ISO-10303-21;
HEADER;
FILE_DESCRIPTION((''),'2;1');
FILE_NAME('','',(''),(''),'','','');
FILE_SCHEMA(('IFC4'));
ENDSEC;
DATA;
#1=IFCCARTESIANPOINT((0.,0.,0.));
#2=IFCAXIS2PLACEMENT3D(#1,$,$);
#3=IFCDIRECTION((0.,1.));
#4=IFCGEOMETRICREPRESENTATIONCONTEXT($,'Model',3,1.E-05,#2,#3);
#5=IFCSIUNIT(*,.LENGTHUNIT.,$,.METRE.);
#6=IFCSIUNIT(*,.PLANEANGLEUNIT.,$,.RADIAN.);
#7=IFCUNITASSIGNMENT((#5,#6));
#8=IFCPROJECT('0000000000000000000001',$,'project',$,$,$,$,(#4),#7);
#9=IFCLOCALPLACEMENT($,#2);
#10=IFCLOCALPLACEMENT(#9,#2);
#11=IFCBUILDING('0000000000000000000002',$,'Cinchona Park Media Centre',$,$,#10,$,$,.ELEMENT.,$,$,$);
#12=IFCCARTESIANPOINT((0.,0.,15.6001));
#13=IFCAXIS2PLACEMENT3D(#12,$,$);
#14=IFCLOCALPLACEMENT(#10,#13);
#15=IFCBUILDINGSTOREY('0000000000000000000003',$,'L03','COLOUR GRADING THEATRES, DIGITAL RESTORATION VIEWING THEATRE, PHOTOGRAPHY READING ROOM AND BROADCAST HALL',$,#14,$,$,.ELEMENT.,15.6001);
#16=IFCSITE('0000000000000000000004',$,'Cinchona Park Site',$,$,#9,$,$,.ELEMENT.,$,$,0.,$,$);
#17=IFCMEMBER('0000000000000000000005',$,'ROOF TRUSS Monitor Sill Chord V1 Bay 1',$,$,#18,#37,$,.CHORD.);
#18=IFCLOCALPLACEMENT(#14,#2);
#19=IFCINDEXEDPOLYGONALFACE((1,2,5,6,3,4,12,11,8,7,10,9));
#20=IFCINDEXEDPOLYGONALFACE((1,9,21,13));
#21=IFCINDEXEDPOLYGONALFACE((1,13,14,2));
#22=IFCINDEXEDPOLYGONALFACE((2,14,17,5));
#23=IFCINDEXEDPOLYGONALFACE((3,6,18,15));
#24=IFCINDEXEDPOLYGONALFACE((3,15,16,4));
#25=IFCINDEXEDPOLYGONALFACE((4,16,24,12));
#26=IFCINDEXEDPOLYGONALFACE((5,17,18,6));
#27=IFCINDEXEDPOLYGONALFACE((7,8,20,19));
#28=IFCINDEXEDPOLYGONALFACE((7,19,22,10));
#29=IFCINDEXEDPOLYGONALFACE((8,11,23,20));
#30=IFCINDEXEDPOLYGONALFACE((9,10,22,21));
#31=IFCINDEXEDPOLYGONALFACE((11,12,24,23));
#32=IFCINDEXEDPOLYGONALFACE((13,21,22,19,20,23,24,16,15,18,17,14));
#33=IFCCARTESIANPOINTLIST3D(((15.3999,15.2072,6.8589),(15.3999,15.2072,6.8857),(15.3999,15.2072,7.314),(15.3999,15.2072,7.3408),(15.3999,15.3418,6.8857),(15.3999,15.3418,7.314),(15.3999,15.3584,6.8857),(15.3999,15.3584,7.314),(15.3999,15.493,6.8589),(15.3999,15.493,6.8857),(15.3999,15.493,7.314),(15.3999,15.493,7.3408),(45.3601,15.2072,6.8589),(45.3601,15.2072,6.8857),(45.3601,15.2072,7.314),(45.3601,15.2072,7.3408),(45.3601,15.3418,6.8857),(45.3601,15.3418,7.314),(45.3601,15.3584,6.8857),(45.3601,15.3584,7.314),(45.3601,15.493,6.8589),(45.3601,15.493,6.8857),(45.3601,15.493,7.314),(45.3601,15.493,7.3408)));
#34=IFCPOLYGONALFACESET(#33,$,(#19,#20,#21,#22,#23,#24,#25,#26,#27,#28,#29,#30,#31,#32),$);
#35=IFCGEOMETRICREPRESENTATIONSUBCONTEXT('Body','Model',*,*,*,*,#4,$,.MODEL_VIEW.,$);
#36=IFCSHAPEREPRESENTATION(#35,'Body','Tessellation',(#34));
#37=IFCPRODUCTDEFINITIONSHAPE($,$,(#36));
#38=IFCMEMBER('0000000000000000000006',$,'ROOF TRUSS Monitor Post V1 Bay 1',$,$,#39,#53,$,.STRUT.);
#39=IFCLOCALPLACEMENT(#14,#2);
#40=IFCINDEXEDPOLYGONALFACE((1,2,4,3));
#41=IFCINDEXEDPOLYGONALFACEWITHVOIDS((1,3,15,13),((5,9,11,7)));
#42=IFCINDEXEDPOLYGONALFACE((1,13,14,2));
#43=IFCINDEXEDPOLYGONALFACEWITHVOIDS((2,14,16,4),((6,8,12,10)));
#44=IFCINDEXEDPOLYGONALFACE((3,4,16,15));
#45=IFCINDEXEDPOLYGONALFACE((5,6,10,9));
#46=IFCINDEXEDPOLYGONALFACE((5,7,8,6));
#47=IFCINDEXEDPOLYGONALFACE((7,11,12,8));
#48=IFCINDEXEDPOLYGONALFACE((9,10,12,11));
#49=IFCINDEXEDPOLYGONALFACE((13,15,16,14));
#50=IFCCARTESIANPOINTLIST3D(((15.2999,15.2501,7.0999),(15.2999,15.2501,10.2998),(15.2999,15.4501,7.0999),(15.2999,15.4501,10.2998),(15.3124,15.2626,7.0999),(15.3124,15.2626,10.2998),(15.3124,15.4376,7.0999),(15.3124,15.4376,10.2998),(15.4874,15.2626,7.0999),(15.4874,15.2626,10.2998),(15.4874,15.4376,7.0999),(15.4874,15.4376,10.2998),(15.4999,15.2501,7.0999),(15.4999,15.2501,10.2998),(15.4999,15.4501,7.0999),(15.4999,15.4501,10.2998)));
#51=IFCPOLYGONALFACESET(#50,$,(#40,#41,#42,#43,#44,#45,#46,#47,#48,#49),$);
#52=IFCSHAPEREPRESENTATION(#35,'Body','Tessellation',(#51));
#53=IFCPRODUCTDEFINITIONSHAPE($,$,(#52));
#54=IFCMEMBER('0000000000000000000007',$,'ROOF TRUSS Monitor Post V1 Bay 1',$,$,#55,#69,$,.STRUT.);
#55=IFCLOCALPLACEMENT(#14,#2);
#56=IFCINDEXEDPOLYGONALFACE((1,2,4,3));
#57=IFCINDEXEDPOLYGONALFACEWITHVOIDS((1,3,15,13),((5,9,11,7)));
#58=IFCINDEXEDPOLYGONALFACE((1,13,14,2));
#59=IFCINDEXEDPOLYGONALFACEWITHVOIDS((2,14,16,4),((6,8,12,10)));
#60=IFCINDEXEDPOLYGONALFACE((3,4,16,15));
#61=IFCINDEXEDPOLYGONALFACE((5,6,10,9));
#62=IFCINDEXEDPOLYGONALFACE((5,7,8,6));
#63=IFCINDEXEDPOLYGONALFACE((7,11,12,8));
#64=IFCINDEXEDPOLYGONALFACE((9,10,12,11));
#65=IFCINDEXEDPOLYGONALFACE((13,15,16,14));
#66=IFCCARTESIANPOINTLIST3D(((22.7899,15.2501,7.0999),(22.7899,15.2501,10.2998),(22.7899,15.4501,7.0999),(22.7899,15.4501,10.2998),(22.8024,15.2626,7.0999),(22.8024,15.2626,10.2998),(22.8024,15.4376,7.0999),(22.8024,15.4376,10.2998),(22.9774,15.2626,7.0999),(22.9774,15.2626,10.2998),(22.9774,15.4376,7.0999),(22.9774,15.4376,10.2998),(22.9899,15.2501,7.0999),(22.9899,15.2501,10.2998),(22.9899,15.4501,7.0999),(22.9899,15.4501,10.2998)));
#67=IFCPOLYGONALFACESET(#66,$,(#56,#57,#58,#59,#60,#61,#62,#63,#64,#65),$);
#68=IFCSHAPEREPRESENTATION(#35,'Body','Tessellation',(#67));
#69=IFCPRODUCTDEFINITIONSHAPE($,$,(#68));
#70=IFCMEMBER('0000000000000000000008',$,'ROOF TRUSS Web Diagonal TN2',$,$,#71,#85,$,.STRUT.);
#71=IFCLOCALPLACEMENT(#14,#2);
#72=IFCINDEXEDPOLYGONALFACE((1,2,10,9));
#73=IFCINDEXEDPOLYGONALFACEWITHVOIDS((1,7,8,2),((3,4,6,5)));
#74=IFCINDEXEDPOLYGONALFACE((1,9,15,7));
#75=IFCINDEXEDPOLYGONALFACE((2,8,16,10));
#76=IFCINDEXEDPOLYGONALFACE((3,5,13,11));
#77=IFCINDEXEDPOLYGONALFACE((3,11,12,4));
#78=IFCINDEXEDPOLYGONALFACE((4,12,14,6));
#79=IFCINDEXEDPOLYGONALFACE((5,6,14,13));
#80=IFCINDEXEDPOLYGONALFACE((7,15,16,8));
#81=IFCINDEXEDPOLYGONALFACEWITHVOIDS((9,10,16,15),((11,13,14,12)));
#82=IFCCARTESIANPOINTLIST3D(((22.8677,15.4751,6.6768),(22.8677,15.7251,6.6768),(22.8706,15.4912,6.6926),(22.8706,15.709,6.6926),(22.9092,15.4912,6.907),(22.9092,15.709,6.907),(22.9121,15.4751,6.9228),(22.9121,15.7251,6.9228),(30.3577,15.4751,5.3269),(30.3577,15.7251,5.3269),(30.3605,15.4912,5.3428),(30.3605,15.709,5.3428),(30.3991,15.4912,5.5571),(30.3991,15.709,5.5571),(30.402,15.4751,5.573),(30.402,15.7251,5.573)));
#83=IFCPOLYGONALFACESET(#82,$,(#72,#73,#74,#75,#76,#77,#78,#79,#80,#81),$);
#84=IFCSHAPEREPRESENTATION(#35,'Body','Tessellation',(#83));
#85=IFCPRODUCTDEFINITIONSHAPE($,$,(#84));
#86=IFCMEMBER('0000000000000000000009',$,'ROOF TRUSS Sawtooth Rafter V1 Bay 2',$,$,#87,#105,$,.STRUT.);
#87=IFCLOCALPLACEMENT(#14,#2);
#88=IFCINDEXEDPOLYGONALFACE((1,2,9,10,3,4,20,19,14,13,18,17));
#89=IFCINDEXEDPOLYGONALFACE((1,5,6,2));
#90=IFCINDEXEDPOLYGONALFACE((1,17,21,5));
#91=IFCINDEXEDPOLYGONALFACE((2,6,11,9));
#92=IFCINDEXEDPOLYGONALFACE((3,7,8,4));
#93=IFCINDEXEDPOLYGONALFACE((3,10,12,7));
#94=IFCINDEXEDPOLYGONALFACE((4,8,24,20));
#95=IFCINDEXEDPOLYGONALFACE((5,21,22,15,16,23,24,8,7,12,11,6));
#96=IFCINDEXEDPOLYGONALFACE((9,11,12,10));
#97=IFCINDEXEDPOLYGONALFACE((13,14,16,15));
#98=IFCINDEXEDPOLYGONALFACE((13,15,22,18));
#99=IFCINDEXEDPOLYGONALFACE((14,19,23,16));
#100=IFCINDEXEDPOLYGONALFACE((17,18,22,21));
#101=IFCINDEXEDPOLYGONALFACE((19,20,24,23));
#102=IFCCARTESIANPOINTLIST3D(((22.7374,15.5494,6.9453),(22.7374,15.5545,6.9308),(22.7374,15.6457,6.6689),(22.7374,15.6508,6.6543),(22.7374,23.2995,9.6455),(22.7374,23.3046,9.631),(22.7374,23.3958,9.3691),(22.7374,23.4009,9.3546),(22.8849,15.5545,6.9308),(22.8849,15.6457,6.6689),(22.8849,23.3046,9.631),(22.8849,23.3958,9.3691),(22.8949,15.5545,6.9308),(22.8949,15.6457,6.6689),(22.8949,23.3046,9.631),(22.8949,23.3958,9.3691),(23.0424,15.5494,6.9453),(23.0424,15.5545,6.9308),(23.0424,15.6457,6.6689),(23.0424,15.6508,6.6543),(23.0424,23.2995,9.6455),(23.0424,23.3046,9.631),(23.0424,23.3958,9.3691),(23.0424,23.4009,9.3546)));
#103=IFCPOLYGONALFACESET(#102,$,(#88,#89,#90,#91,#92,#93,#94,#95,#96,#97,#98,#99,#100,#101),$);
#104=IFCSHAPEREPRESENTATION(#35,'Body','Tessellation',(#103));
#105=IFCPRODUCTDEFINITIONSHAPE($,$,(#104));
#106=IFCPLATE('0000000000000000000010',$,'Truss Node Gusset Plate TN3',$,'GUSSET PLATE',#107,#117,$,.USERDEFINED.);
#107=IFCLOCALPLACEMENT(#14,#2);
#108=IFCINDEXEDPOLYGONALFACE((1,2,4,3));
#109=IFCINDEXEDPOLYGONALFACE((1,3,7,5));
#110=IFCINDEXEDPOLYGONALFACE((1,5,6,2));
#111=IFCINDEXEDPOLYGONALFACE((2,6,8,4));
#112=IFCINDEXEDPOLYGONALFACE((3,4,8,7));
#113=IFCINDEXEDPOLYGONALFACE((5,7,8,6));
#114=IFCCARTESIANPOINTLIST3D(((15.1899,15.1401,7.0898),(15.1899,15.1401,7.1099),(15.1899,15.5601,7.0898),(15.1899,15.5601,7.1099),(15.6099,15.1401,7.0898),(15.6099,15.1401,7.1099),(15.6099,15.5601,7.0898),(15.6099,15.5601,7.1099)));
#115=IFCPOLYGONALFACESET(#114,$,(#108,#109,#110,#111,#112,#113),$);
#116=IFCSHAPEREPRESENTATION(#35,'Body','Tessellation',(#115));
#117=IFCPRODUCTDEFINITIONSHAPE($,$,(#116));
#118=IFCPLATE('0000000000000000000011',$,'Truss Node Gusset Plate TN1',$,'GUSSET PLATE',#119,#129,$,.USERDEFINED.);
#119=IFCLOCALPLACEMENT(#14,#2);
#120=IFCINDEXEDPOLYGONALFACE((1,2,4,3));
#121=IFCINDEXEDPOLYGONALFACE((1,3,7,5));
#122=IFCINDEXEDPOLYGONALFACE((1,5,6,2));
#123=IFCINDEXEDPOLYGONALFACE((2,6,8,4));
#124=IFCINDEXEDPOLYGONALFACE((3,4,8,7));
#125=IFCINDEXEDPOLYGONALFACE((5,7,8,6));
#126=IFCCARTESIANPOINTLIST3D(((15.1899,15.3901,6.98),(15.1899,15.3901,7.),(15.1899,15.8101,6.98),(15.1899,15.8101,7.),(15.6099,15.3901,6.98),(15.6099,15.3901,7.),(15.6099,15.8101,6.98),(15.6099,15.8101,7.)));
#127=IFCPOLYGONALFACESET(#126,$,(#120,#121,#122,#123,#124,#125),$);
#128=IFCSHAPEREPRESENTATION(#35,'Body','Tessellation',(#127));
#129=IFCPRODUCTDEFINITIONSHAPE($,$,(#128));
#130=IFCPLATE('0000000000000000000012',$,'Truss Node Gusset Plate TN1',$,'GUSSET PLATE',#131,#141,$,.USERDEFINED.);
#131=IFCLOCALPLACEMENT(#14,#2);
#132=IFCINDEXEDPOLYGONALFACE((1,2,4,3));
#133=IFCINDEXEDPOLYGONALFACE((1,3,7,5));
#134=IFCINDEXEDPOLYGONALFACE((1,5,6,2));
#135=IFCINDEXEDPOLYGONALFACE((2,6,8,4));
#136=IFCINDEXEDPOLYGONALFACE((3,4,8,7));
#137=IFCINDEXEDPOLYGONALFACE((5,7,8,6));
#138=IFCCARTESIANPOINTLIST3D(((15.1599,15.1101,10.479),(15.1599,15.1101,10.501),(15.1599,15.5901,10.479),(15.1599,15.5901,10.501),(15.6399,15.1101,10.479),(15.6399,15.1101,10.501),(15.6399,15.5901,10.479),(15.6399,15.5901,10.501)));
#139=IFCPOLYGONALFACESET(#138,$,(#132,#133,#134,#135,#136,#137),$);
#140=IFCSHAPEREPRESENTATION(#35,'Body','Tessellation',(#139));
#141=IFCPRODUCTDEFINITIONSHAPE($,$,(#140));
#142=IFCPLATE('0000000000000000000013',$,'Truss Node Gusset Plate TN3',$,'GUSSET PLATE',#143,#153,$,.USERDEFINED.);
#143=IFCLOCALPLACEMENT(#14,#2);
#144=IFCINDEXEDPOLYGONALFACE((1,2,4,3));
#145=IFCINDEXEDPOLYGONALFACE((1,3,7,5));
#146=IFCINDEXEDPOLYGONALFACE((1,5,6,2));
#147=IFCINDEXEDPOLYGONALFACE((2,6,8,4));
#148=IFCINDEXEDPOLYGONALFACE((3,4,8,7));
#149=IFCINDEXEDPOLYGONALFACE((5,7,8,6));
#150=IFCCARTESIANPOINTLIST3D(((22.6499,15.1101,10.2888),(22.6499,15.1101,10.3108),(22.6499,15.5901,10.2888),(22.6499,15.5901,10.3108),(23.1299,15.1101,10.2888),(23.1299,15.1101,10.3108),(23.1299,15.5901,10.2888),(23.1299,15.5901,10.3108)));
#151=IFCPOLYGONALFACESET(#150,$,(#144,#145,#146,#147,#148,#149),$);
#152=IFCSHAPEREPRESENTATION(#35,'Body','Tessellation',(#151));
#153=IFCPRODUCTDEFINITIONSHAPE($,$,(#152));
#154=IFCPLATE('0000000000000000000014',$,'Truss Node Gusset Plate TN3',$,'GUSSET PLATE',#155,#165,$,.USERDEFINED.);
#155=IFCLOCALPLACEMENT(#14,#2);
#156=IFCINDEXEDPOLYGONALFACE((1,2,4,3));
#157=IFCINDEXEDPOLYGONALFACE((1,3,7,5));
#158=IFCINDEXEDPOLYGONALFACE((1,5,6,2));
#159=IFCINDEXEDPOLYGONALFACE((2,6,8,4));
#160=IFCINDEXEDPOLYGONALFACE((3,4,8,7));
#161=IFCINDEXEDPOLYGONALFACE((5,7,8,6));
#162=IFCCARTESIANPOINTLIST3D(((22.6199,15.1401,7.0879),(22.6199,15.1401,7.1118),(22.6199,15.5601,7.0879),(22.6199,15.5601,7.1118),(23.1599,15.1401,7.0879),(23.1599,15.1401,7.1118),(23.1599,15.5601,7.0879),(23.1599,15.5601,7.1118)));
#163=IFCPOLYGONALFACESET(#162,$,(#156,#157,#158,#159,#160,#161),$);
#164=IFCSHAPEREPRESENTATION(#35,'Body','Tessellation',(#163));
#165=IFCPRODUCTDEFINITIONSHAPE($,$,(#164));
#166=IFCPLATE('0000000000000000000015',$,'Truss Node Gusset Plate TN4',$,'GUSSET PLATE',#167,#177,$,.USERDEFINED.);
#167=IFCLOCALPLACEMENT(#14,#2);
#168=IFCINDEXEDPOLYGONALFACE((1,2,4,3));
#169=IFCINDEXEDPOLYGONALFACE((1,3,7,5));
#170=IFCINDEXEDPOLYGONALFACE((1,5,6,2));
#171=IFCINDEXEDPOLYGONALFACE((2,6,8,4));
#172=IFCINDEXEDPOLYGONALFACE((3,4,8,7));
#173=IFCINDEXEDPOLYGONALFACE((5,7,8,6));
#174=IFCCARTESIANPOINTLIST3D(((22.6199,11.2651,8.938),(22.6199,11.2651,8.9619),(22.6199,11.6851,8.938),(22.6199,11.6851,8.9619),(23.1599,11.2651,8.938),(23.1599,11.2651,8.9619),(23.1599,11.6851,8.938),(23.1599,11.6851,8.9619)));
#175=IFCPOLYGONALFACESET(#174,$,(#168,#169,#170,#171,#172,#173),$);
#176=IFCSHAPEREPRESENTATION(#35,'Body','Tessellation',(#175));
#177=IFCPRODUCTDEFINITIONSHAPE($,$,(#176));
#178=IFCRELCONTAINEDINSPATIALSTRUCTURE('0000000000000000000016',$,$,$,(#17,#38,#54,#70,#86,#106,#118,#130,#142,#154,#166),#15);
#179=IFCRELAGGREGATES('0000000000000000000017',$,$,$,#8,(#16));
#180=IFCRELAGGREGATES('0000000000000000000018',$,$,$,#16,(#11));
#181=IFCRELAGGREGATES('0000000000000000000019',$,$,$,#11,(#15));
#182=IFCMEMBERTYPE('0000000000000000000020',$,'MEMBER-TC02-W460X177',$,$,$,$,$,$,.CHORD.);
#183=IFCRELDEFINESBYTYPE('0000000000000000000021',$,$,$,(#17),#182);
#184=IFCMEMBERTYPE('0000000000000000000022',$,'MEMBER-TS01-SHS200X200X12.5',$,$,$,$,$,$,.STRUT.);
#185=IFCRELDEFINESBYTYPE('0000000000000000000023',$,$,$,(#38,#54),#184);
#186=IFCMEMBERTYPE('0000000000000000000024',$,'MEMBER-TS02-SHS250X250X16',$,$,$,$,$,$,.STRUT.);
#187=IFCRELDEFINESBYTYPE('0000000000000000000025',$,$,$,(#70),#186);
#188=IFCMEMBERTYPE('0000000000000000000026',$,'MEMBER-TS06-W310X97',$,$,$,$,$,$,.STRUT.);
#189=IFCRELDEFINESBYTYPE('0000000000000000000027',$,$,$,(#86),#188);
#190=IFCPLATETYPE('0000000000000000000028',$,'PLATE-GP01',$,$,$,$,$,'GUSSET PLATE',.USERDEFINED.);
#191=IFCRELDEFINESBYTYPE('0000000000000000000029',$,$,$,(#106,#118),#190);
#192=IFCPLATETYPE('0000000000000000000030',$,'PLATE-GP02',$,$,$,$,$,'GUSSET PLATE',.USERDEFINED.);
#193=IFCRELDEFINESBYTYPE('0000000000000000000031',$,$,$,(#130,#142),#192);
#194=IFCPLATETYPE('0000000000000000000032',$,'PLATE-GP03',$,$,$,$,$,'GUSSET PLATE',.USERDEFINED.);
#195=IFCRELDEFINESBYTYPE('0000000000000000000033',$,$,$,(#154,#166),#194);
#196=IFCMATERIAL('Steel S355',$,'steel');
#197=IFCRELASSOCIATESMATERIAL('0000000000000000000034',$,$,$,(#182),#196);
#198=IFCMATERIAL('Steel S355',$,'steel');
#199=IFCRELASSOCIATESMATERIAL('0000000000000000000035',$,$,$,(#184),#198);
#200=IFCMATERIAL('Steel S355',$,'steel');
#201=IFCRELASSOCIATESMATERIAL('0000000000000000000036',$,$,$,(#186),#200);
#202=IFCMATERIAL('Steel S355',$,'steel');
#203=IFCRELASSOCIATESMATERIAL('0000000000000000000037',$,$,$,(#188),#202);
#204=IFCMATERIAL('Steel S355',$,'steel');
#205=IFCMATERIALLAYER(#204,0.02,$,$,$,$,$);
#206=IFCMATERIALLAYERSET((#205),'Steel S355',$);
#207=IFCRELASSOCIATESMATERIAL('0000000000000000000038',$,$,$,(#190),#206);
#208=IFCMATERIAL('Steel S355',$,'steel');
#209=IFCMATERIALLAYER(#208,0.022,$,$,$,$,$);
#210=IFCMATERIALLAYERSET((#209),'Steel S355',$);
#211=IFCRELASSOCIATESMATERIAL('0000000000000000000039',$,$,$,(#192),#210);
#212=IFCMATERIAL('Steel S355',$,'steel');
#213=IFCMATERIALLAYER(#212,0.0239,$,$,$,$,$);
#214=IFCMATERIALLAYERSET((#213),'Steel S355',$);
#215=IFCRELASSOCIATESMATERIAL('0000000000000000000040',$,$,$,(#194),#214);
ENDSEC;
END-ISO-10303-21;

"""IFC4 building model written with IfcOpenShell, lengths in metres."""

from ifc_helpers import new_model, si_unit, direction, frame, origin, origin_2d, place, context, subcontext, project, spatial, rectangle, hollow_rectangle, i_section, extrude, material, layer, layer_set, material_profile, profile_set, type_object, element, save


model = new_model("IFC4")

# Units and contexts
model_context = context("Model", 3, precision=1e-05, world=origin(), true_north=direction((0.0, 1.0)))
body_context = subcontext(model_context, "Body", "Model", "MODEL_VIEW")
ifc_project = project(units=[si_unit("LENGTHUNIT", "METRE"), si_unit("PLANEANGLEUNIT", "RADIAN")], contexts=[model_context])

# Site, building, storey
site_placement = place(None, origin())
site = spatial("IfcSite", under=ifc_project, at=site_placement, Name="Cinchona Park Site", CompositionType="ELEMENT", RefElevation=0.0)
building_placement = place(site_placement, origin())
building = spatial("IfcBuilding", under=site, at=building_placement, Name="Cinchona Park Media Centre", CompositionType="ELEMENT")
storey_placement = place(building_placement, frame((0.0, 0.0, 15.6001)))
storey = spatial("IfcBuildingStorey", under=building, at=storey_placement, Name="L03", Description="COLOUR GRADING THEATRES, DIGITAL RESTORATION VIEWING THEATRE, PHOTOGRAPHY READING ROOM AND BROADCAST HALL", CompositionType="ELEMENT", Elevation=15.6001)

# Members
ifc_material_1 = material(Name="Steel S355", Category="steel")
ifc_material_profile_1 = material_profile(ifc_material_1, i_section(OverallWidth=0.2859, OverallDepth=0.4819, WebThickness=0.0166, FlangeThickness=0.0269, at=origin_2d()), Name="W460X177")
ifc_profile_set_1 = profile_set([ifc_material_profile_1], Name="Steel S355")
member_type_1 = type_object("IfcMemberType", Name="MEMBER-TC02-W460X177", PredefinedType="CHORD", material=ifc_profile_set_1)
member_1_placement = place(storey_placement, frame((15.3999, 15.3501, 7.0999), z_axis=(1.0, 0.0, 0.0), x_axis=(0.0, 1.0, 0.0)))
element("IfcMember", 1, at=member_1_placement, inside=storey, type_object=member_type_1, Name="ROOF TRUSS Monitor Sill Chord V1 Bay 1", PredefinedType="CHORD", context=body_context, shape_type="SweptSolid", body=[
    extrude(i_section(OverallWidth=0.2859, OverallDepth=0.4819, WebThickness=0.0166, FlangeThickness=0.0269, at=origin_2d()), origin(), (0.0, 0.0, 1.0), 29.9602),
])
ifc_material_2 = material(Name="Steel S355", Category="steel")
ifc_material_profile_2 = material_profile(ifc_material_2, hollow_rectangle(XDim=0.2, YDim=0.2, WallThickness=0.0125, at=origin_2d()), Name="200X200X12.5SHS")
ifc_profile_set_2 = profile_set([ifc_material_profile_2], Name="Steel S355")
member_type_2 = type_object("IfcMemberType", Name="MEMBER-TS01-SHS200X200X12.5", PredefinedType="STRUT", material=ifc_profile_set_2)
for number, where, z_axis, x_axis, name in (
    (2, (15.3999, 15.3501, 7.0999), (0.0, 0.0, 1.0), (1.0, 0.0, 0.0), "ROOF TRUSS Monitor Post V1 Bay 1"),
    (3, (22.8899, 15.3501, 7.0999), (0.0, 0.0, 1.0), (1.0, 0.0, 0.0), "ROOF TRUSS Monitor Post V1 Bay 1"),
):
    element("IfcMember", number, at=place(storey_placement, frame(where, z_axis=z_axis, x_axis=x_axis)), inside=storey, type_object=member_type_2, Name=name, PredefinedType="STRUT", context=body_context, shape_type="SweptSolid", body=[
        extrude(hollow_rectangle(XDim=0.2, YDim=0.2, WallThickness=0.0125, at=origin_2d()), origin(), (0.0, 0.0, 1.0), 3.2),
    ])
ifc_material_3 = material(Name="Steel S355", Category="steel")
ifc_material_profile_3 = material_profile(ifc_material_3, hollow_rectangle(XDim=0.25, YDim=0.25, WallThickness=0.0161, at=origin_2d()), Name="250X250X16SHS")
ifc_profile_set_3 = profile_set([ifc_material_profile_3], Name="Steel S355")
member_type_3 = type_object("IfcMemberType", Name="MEMBER-TS02-SHS250X250X16", PredefinedType="STRUT", material=ifc_profile_set_3)
member_2_placement = place(storey_placement, frame((22.8899, 15.6001, 6.7998), z_axis=(0.984145, 0.0, -0.177364), x_axis=(0.0, 1.0, 0.0)))
element("IfcMember", 4, at=member_2_placement, inside=storey, type_object=member_type_3, Name="ROOF TRUSS Web Diagonal TN2", PredefinedType="STRUT", context=body_context, shape_type="SweptSolid", body=[
    extrude(hollow_rectangle(XDim=0.25, YDim=0.25, WallThickness=0.0161, at=origin_2d()), origin(), (0.0, 0.0, 1.0), 7.6106),
])
ifc_material_4 = material(Name="Steel S355", Category="steel")
ifc_material_profile_4 = material_profile(ifc_material_4, i_section(OverallWidth=0.3049, OverallDepth=0.3081, WebThickness=0.01, FlangeThickness=0.0154, at=origin_2d()), Name="W310X97")
ifc_profile_set_4 = profile_set([ifc_material_profile_4], Name="Steel S355")
member_type_4 = type_object("IfcMemberType", Name="MEMBER-TS06-W310X97", PredefinedType="STRUT", material=ifc_profile_set_4)
member_3_placement = place(storey_placement, frame((22.8899, 15.6001, 6.7998), z_axis=(0.0, 0.944325, 0.329014), x_axis=(-1.0, 0.0, 0.0)))
element("IfcMember", 5, at=member_3_placement, inside=storey, type_object=member_type_4, Name="ROOF TRUSS Sawtooth Rafter V1 Bay 2", PredefinedType="STRUT", context=body_context, shape_type="SweptSolid", body=[
    extrude(i_section(OverallWidth=0.3049, OverallDepth=0.3081, WebThickness=0.01, FlangeThickness=0.0154, at=origin_2d()), origin(), (0.0, 0.0, 1.0), 8.207),
])

# Plates
ifc_material_5 = material(Name="Steel S355", Category="steel")
ifc_layer_1 = layer(ifc_material_5, 0.02)
ifc_layer_set_1 = layer_set([ifc_layer_1], Name="Steel S355")
plate_type_1 = type_object("IfcPlateType", Name="PLATE-GP01", ElementType="GUSSET PLATE", PredefinedType="USERDEFINED", material=ifc_layer_set_1)
for number, where, z_axis, x_axis, name in (
    (6, (15.3999, 15.3501, 7.0898), (0.0, 0.0, 1.0), (1.0, 0.0, 0.0), "Truss Node Gusset Plate TN3"),
    (7, (15.3999, 15.6001, 6.98), (0.0, 0.0, 1.0), (1.0, 0.0, 0.0), "Truss Node Gusset Plate TN1"),
):
    element("IfcPlate", number, at=place(storey_placement, frame(where, z_axis=z_axis, x_axis=x_axis)), inside=storey, type_object=plate_type_1, Name=name, ObjectType="GUSSET PLATE", PredefinedType="USERDEFINED", context=body_context, shape_type="SweptSolid", body=[
        extrude(rectangle(XDim=0.4199, YDim=0.4199, at=origin_2d()), origin(), (0.0, 0.0, 1.0), 0.02),
    ])
ifc_material_6 = material(Name="Steel S355", Category="steel")
ifc_layer_2 = layer(ifc_material_6, 0.022)
ifc_layer_set_2 = layer_set([ifc_layer_2], Name="Steel S355")
plate_type_2 = type_object("IfcPlateType", Name="PLATE-GP02", ElementType="GUSSET PLATE", PredefinedType="USERDEFINED", material=ifc_layer_set_2)
for number, where, z_axis, x_axis, name in (
    (8, (15.3999, 15.3501, 10.479), (0.0, 0.0, 1.0), (1.0, 0.0, 0.0), "Truss Node Gusset Plate TN1"),
    (9, (22.8899, 15.3501, 10.2888), (0.0, 0.0, 1.0), (1.0, 0.0, 0.0), "Truss Node Gusset Plate TN3"),
):
    element("IfcPlate", number, at=place(storey_placement, frame(where, z_axis=z_axis, x_axis=x_axis)), inside=storey, type_object=plate_type_2, Name=name, ObjectType="GUSSET PLATE", PredefinedType="USERDEFINED", context=body_context, shape_type="SweptSolid", body=[
        extrude(rectangle(XDim=0.48, YDim=0.48, at=origin_2d()), origin(), (0.0, 0.0, 1.0), 0.022),
    ])
ifc_material_7 = material(Name="Steel S355", Category="steel")
ifc_layer_3 = layer(ifc_material_7, 0.0239)
ifc_layer_set_3 = layer_set([ifc_layer_3], Name="Steel S355")
plate_type_3 = type_object("IfcPlateType", Name="PLATE-GP03", ElementType="GUSSET PLATE", PredefinedType="USERDEFINED", material=ifc_layer_set_3)
for number, where, z_axis, x_axis, name in (
    (10, (22.8899, 15.3501, 7.0879), (0.0, 0.0, 1.0), (1.0, 0.0, 0.0), "Truss Node Gusset Plate TN3"),
    (11, (22.8899, 11.4751, 8.938), (0.0, 0.0, 1.0), (1.0, 0.0, 0.0), "Truss Node Gusset Plate TN4"),
):
    element("IfcPlate", number, at=place(storey_placement, frame(where, z_axis=z_axis, x_axis=x_axis)), inside=storey, type_object=plate_type_3, Name=name, ObjectType="GUSSET PLATE", PredefinedType="USERDEFINED", context=body_context, shape_type="SweptSolid", body=[
        extrude(rectangle(XDim=0.54, YDim=0.4199, at=origin_2d()), origin(), (0.0, 0.0, 1.0), 0.0239),
    ])

save(model, "model.ifc")
